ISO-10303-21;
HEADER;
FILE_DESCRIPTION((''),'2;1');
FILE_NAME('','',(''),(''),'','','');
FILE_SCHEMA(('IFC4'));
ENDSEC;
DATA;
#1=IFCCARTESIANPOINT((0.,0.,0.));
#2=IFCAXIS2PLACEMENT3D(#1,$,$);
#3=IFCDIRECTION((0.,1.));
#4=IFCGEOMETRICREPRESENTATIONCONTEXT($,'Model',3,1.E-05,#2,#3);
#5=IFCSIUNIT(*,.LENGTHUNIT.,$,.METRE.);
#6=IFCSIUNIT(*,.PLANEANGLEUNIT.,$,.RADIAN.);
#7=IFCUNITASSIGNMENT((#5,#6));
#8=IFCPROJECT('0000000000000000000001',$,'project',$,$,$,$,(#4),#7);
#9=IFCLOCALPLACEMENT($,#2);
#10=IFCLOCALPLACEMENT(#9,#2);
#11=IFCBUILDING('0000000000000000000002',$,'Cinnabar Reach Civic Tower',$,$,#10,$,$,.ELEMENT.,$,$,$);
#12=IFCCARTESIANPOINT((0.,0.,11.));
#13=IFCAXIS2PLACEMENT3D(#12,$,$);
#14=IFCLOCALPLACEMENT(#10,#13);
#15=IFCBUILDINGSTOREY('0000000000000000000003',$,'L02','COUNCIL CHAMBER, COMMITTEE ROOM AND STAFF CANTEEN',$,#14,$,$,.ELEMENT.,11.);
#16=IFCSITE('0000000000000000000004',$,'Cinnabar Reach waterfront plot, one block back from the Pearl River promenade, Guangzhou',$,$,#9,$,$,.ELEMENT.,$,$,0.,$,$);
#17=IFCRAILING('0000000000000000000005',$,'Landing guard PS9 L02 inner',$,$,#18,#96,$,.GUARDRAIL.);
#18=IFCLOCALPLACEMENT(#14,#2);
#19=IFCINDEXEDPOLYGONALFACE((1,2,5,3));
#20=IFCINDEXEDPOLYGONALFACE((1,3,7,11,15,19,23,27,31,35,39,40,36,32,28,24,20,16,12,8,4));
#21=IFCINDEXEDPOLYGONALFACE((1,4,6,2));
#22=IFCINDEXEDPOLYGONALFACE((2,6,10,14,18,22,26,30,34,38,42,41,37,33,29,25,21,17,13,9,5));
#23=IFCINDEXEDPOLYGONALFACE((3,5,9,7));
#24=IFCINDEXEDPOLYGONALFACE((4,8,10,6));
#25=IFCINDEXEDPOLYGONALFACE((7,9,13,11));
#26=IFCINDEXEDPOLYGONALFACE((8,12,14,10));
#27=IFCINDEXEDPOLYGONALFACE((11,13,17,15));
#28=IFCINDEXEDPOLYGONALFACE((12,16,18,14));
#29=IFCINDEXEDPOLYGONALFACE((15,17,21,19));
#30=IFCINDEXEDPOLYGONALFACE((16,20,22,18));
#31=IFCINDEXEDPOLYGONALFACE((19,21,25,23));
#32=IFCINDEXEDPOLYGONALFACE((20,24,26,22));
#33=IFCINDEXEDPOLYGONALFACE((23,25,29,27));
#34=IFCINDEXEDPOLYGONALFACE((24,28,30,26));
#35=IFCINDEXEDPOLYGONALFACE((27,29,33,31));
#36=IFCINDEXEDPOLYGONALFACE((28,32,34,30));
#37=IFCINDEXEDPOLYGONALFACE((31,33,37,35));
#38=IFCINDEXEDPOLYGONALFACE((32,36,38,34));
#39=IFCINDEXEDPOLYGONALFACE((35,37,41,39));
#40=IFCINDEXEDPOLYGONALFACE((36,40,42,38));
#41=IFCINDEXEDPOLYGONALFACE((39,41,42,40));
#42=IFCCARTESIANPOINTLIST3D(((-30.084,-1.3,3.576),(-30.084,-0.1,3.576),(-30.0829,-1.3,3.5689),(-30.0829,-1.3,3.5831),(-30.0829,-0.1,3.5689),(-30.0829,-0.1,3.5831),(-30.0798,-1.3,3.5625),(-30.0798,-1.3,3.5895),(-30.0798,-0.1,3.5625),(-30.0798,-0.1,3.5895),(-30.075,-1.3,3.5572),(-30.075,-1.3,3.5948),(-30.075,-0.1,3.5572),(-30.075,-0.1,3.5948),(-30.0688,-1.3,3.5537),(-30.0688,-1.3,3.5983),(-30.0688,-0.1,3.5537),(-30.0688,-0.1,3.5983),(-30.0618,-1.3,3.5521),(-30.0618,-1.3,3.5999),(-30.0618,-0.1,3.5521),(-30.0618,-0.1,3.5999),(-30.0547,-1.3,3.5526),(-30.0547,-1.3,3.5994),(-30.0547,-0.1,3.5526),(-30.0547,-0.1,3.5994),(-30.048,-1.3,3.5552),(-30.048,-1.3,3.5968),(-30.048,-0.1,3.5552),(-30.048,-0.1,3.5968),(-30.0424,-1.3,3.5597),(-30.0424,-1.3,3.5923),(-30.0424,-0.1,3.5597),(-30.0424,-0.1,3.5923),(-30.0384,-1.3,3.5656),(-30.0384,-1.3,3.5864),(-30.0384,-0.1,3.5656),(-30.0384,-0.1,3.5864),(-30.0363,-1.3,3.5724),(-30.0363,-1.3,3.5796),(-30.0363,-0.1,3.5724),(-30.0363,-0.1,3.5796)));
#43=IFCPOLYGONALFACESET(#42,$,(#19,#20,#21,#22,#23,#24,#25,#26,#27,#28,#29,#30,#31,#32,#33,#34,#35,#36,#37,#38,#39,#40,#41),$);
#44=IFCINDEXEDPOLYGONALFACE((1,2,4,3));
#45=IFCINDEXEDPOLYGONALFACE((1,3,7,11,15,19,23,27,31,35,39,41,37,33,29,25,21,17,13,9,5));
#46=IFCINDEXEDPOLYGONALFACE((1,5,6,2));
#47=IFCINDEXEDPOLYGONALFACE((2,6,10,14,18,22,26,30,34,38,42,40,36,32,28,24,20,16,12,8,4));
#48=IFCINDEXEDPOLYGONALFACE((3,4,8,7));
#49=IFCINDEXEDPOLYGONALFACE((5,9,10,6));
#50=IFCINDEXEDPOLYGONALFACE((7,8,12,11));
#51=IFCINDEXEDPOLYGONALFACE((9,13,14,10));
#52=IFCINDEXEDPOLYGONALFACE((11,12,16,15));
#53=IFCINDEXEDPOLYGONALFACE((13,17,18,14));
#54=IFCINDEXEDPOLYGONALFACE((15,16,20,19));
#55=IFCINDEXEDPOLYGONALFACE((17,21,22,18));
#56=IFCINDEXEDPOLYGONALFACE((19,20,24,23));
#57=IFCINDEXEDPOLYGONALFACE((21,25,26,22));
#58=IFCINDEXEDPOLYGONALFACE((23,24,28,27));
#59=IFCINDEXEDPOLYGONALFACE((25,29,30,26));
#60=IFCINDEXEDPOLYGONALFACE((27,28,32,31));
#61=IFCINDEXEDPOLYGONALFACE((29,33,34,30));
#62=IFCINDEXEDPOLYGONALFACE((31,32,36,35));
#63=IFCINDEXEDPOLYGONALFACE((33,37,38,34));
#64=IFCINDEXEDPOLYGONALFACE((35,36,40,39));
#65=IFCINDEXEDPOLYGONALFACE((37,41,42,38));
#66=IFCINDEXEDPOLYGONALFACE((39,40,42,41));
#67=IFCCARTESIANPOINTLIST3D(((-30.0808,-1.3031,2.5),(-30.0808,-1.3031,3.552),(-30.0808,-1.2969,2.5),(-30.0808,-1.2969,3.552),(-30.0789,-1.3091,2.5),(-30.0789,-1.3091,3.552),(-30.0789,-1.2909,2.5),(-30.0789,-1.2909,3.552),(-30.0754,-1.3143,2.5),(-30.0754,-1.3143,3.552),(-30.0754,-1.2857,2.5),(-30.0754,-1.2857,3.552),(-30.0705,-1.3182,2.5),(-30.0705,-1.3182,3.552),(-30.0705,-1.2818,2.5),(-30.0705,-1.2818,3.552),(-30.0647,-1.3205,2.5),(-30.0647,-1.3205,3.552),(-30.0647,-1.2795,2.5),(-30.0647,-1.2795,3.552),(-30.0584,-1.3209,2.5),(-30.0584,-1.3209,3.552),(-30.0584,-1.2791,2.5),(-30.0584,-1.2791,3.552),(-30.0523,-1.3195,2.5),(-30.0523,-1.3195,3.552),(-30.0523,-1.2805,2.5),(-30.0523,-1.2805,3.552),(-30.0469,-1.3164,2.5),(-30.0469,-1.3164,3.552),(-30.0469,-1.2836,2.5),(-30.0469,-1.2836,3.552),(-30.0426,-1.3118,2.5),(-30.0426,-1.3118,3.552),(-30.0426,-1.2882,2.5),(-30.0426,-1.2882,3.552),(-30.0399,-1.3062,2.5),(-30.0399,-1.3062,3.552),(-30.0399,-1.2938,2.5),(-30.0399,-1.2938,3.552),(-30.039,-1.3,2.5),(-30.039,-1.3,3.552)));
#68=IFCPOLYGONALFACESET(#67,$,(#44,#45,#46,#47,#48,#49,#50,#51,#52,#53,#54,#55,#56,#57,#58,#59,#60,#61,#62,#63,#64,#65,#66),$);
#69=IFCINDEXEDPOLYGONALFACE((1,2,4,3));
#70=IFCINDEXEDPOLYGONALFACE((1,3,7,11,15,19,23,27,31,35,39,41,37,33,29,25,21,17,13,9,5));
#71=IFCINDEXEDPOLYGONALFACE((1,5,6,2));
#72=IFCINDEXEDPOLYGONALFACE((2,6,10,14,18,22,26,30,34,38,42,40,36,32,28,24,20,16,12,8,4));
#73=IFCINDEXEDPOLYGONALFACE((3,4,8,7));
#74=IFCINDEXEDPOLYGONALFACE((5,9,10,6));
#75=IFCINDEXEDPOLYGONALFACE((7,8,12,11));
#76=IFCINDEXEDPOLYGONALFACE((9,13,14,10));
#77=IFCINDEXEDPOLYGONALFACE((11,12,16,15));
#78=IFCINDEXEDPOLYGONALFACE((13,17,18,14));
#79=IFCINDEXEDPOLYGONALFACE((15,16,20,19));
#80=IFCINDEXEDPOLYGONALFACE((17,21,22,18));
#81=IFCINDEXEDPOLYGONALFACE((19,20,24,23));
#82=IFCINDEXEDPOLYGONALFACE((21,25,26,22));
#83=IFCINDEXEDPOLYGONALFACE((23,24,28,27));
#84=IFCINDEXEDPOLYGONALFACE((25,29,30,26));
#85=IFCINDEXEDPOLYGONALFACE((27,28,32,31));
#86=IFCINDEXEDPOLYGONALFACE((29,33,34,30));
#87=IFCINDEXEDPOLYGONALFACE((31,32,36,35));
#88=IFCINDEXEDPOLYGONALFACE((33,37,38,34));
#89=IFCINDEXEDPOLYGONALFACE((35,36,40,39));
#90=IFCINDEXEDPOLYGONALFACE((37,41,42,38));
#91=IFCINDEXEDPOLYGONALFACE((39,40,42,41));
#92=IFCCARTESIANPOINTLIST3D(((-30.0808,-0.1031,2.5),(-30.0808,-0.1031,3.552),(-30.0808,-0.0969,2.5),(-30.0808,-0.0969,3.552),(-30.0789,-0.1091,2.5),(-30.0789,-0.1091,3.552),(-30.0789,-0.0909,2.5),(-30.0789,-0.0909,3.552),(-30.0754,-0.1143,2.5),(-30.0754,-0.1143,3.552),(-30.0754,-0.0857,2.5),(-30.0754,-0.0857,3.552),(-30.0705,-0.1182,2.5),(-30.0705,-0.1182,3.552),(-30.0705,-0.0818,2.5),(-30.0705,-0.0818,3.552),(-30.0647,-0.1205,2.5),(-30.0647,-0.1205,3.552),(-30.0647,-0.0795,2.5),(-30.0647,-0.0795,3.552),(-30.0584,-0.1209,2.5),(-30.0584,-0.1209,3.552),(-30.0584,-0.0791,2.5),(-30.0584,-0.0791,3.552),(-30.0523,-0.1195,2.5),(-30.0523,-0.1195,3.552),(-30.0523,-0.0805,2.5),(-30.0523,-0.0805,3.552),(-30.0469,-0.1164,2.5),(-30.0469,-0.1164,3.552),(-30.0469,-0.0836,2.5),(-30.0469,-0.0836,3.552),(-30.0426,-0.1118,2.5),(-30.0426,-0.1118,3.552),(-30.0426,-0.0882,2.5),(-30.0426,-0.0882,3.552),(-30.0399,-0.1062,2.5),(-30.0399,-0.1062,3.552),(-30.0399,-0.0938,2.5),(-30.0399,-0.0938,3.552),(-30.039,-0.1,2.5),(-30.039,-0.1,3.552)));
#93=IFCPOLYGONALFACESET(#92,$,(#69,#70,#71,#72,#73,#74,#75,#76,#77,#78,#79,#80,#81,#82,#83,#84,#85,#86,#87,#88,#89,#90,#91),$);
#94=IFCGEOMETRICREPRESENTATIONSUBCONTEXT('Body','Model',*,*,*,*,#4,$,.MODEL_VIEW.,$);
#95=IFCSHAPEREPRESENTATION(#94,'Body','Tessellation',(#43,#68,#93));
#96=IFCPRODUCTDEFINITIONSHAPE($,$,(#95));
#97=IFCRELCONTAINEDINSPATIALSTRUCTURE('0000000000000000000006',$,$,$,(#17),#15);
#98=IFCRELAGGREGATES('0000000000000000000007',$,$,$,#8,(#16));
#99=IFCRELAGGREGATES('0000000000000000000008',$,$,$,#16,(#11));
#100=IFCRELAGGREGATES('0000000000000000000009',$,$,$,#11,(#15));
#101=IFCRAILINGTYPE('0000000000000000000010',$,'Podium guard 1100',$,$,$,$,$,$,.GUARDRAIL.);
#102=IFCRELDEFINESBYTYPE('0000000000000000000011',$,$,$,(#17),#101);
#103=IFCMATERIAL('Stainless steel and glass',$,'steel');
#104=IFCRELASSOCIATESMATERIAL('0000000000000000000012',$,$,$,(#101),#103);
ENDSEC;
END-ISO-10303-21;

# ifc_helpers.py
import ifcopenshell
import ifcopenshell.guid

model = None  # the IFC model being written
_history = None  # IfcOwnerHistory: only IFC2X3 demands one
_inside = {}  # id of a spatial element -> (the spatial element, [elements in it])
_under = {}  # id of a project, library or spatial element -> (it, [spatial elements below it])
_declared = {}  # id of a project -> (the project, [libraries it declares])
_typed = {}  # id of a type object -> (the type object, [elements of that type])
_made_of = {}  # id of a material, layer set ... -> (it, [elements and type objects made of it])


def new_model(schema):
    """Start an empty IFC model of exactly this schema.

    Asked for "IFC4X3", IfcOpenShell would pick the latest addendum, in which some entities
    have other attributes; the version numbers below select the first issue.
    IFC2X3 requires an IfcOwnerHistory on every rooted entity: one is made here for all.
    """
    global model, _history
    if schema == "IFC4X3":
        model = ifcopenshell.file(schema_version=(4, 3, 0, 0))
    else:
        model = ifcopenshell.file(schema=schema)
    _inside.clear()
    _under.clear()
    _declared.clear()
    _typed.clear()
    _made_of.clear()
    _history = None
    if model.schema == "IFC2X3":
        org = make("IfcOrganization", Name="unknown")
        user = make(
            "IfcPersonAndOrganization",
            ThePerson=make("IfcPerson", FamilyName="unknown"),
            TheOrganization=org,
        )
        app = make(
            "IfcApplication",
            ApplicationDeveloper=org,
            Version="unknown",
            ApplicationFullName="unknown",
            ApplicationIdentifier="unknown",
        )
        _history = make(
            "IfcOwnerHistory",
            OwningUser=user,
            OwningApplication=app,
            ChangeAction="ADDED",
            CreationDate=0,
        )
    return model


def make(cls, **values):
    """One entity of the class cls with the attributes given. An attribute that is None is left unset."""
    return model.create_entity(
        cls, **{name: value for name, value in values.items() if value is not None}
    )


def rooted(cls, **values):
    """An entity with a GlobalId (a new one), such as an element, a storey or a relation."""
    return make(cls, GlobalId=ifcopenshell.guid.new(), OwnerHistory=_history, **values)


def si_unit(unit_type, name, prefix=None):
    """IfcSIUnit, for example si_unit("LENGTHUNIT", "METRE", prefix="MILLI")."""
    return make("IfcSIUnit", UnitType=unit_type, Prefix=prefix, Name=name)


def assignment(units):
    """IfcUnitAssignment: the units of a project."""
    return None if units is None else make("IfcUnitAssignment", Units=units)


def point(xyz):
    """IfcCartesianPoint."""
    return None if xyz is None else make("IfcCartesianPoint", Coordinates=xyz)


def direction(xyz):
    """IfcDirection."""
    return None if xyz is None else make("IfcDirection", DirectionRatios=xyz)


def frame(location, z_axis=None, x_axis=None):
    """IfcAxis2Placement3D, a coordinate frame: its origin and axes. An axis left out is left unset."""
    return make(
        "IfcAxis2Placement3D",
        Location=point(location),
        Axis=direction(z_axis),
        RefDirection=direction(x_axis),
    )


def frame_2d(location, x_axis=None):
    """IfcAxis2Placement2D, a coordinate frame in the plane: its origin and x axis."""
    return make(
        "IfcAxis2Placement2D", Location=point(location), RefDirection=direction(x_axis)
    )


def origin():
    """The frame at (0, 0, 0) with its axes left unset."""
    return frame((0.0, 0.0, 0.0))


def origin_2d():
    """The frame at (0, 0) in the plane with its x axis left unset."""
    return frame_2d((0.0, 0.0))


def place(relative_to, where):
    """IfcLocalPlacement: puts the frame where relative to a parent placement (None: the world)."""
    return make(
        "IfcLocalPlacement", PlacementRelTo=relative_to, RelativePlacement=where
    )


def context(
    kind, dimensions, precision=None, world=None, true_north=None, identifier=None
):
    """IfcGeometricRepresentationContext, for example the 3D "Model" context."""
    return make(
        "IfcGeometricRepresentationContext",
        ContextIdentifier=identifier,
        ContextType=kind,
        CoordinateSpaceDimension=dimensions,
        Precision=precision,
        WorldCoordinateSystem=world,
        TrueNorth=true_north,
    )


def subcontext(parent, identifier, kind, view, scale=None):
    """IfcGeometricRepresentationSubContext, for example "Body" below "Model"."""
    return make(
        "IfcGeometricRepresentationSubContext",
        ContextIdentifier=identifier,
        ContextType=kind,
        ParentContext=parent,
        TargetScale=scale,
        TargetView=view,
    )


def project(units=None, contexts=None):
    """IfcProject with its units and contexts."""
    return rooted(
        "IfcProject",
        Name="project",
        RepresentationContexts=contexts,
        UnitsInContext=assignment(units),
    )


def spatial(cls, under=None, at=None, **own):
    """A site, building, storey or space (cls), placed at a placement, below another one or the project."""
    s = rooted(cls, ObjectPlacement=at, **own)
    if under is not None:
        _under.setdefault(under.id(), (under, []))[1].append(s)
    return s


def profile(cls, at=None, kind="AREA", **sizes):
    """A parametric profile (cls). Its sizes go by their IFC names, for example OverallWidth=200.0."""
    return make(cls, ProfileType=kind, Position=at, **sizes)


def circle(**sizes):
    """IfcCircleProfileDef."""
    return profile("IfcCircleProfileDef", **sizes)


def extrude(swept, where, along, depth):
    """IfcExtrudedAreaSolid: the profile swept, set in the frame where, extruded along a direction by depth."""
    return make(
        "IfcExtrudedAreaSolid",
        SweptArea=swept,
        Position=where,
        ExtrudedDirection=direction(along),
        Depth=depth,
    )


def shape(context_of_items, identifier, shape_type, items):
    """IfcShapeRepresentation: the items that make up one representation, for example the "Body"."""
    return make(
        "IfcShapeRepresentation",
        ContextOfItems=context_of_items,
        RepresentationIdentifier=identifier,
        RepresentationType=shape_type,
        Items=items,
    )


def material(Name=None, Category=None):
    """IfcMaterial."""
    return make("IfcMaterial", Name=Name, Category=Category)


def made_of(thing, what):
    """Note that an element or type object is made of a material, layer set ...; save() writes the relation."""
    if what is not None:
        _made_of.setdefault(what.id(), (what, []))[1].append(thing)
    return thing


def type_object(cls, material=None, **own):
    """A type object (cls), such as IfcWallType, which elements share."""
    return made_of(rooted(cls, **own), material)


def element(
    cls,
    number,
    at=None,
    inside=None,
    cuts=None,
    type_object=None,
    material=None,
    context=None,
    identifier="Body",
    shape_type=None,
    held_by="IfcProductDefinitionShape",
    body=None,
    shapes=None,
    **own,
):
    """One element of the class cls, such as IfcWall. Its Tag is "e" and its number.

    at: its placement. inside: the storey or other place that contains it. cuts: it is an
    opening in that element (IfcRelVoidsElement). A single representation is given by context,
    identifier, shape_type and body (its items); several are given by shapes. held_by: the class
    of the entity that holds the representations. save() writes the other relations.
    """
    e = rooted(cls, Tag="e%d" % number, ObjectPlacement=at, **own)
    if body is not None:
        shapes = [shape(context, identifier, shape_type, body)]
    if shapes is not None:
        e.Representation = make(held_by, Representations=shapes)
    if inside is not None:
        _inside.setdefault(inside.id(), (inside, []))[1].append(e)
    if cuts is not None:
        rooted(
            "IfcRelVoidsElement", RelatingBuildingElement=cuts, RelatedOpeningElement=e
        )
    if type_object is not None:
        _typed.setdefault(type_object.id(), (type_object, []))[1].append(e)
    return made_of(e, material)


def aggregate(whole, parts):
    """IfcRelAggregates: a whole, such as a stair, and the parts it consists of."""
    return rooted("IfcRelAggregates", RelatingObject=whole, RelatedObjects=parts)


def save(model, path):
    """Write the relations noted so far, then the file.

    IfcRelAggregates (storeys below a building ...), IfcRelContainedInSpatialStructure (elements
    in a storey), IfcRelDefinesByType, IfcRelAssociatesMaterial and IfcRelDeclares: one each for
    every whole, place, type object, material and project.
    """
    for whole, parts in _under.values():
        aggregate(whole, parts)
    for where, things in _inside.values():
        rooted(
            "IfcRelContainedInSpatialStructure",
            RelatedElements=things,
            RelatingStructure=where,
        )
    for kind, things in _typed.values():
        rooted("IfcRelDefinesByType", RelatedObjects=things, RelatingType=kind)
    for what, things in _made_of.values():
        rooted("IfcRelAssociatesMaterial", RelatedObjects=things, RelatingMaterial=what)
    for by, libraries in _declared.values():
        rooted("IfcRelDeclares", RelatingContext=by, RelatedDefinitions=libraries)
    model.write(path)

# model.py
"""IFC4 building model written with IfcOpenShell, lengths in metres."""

from ifc_helpers import new_model, si_unit, direction, frame, origin, origin_2d, place, context, subcontext, project, spatial, circle, extrude, material, type_object, element, save


model = new_model("IFC4")

# Units and contexts
model_context = context("Model", 3, precision=1e-05, world=origin(), true_north=direction((0.0, 1.0)))
body_context = subcontext(model_context, "Body", "Model", "MODEL_VIEW")
ifc_project = project(units=[si_unit("LENGTHUNIT", "METRE"), si_unit("PLANEANGLEUNIT", "RADIAN")], contexts=[model_context])

# Site, building, storey
site_placement = place(None, origin())
site = spatial("IfcSite", under=ifc_project, at=site_placement, Name="Cinnabar Reach waterfront plot, one block back from the Pearl River promenade, Guangzhou", CompositionType="ELEMENT", RefElevation=0.0)
building_placement = place(site_placement, origin())
building = spatial("IfcBuilding", under=site, at=building_placement, Name="Cinnabar Reach Civic Tower", CompositionType="ELEMENT")
storey_placement = place(building_placement, frame((0.0, 0.0, 11.0)))
storey = spatial("IfcBuildingStorey", under=building, at=storey_placement, Name="L02", Description="COUNCIL CHAMBER, COMMITTEE ROOM AND STAFF CANTEEN", CompositionType="ELEMENT", Elevation=11.0)

# Railing
ifc_material_1 = material(Name="Stainless steel and glass", Category="steel")
railing_type_1 = type_object("IfcRailingType", Name="Podium guard 1100", PredefinedType="GUARDRAIL", material=ifc_material_1)
railing_1_placement = place(storey_placement, frame((-30.06, -1.3, 2.5)))
element("IfcRailing", 1, at=railing_1_placement, inside=storey, type_object=railing_type_1, Name="Landing guard PS9 L02 inner", PredefinedType="GUARDRAIL", context=body_context, shape_type="SweptSolid", body=[
    extrude(circle(Radius=0.024, at=origin_2d()), frame((0.0, 0.0, 1.076), z_axis=(0.0, 1.0, 0.0), x_axis=(-1.0, 0.0, 0.0)), (0.0, 0.0, 1.0), 1.2),
    extrude(circle(Radius=0.021, at=origin_2d()), origin(), (0.0, 0.0, 1.0), 1.052),
    extrude(circle(Radius=0.021, at=origin_2d()), frame((0.0, 1.2, 0.0)), (0.0, 0.0, 1.0), 1.052),
])

save(model, "model.ifc")
